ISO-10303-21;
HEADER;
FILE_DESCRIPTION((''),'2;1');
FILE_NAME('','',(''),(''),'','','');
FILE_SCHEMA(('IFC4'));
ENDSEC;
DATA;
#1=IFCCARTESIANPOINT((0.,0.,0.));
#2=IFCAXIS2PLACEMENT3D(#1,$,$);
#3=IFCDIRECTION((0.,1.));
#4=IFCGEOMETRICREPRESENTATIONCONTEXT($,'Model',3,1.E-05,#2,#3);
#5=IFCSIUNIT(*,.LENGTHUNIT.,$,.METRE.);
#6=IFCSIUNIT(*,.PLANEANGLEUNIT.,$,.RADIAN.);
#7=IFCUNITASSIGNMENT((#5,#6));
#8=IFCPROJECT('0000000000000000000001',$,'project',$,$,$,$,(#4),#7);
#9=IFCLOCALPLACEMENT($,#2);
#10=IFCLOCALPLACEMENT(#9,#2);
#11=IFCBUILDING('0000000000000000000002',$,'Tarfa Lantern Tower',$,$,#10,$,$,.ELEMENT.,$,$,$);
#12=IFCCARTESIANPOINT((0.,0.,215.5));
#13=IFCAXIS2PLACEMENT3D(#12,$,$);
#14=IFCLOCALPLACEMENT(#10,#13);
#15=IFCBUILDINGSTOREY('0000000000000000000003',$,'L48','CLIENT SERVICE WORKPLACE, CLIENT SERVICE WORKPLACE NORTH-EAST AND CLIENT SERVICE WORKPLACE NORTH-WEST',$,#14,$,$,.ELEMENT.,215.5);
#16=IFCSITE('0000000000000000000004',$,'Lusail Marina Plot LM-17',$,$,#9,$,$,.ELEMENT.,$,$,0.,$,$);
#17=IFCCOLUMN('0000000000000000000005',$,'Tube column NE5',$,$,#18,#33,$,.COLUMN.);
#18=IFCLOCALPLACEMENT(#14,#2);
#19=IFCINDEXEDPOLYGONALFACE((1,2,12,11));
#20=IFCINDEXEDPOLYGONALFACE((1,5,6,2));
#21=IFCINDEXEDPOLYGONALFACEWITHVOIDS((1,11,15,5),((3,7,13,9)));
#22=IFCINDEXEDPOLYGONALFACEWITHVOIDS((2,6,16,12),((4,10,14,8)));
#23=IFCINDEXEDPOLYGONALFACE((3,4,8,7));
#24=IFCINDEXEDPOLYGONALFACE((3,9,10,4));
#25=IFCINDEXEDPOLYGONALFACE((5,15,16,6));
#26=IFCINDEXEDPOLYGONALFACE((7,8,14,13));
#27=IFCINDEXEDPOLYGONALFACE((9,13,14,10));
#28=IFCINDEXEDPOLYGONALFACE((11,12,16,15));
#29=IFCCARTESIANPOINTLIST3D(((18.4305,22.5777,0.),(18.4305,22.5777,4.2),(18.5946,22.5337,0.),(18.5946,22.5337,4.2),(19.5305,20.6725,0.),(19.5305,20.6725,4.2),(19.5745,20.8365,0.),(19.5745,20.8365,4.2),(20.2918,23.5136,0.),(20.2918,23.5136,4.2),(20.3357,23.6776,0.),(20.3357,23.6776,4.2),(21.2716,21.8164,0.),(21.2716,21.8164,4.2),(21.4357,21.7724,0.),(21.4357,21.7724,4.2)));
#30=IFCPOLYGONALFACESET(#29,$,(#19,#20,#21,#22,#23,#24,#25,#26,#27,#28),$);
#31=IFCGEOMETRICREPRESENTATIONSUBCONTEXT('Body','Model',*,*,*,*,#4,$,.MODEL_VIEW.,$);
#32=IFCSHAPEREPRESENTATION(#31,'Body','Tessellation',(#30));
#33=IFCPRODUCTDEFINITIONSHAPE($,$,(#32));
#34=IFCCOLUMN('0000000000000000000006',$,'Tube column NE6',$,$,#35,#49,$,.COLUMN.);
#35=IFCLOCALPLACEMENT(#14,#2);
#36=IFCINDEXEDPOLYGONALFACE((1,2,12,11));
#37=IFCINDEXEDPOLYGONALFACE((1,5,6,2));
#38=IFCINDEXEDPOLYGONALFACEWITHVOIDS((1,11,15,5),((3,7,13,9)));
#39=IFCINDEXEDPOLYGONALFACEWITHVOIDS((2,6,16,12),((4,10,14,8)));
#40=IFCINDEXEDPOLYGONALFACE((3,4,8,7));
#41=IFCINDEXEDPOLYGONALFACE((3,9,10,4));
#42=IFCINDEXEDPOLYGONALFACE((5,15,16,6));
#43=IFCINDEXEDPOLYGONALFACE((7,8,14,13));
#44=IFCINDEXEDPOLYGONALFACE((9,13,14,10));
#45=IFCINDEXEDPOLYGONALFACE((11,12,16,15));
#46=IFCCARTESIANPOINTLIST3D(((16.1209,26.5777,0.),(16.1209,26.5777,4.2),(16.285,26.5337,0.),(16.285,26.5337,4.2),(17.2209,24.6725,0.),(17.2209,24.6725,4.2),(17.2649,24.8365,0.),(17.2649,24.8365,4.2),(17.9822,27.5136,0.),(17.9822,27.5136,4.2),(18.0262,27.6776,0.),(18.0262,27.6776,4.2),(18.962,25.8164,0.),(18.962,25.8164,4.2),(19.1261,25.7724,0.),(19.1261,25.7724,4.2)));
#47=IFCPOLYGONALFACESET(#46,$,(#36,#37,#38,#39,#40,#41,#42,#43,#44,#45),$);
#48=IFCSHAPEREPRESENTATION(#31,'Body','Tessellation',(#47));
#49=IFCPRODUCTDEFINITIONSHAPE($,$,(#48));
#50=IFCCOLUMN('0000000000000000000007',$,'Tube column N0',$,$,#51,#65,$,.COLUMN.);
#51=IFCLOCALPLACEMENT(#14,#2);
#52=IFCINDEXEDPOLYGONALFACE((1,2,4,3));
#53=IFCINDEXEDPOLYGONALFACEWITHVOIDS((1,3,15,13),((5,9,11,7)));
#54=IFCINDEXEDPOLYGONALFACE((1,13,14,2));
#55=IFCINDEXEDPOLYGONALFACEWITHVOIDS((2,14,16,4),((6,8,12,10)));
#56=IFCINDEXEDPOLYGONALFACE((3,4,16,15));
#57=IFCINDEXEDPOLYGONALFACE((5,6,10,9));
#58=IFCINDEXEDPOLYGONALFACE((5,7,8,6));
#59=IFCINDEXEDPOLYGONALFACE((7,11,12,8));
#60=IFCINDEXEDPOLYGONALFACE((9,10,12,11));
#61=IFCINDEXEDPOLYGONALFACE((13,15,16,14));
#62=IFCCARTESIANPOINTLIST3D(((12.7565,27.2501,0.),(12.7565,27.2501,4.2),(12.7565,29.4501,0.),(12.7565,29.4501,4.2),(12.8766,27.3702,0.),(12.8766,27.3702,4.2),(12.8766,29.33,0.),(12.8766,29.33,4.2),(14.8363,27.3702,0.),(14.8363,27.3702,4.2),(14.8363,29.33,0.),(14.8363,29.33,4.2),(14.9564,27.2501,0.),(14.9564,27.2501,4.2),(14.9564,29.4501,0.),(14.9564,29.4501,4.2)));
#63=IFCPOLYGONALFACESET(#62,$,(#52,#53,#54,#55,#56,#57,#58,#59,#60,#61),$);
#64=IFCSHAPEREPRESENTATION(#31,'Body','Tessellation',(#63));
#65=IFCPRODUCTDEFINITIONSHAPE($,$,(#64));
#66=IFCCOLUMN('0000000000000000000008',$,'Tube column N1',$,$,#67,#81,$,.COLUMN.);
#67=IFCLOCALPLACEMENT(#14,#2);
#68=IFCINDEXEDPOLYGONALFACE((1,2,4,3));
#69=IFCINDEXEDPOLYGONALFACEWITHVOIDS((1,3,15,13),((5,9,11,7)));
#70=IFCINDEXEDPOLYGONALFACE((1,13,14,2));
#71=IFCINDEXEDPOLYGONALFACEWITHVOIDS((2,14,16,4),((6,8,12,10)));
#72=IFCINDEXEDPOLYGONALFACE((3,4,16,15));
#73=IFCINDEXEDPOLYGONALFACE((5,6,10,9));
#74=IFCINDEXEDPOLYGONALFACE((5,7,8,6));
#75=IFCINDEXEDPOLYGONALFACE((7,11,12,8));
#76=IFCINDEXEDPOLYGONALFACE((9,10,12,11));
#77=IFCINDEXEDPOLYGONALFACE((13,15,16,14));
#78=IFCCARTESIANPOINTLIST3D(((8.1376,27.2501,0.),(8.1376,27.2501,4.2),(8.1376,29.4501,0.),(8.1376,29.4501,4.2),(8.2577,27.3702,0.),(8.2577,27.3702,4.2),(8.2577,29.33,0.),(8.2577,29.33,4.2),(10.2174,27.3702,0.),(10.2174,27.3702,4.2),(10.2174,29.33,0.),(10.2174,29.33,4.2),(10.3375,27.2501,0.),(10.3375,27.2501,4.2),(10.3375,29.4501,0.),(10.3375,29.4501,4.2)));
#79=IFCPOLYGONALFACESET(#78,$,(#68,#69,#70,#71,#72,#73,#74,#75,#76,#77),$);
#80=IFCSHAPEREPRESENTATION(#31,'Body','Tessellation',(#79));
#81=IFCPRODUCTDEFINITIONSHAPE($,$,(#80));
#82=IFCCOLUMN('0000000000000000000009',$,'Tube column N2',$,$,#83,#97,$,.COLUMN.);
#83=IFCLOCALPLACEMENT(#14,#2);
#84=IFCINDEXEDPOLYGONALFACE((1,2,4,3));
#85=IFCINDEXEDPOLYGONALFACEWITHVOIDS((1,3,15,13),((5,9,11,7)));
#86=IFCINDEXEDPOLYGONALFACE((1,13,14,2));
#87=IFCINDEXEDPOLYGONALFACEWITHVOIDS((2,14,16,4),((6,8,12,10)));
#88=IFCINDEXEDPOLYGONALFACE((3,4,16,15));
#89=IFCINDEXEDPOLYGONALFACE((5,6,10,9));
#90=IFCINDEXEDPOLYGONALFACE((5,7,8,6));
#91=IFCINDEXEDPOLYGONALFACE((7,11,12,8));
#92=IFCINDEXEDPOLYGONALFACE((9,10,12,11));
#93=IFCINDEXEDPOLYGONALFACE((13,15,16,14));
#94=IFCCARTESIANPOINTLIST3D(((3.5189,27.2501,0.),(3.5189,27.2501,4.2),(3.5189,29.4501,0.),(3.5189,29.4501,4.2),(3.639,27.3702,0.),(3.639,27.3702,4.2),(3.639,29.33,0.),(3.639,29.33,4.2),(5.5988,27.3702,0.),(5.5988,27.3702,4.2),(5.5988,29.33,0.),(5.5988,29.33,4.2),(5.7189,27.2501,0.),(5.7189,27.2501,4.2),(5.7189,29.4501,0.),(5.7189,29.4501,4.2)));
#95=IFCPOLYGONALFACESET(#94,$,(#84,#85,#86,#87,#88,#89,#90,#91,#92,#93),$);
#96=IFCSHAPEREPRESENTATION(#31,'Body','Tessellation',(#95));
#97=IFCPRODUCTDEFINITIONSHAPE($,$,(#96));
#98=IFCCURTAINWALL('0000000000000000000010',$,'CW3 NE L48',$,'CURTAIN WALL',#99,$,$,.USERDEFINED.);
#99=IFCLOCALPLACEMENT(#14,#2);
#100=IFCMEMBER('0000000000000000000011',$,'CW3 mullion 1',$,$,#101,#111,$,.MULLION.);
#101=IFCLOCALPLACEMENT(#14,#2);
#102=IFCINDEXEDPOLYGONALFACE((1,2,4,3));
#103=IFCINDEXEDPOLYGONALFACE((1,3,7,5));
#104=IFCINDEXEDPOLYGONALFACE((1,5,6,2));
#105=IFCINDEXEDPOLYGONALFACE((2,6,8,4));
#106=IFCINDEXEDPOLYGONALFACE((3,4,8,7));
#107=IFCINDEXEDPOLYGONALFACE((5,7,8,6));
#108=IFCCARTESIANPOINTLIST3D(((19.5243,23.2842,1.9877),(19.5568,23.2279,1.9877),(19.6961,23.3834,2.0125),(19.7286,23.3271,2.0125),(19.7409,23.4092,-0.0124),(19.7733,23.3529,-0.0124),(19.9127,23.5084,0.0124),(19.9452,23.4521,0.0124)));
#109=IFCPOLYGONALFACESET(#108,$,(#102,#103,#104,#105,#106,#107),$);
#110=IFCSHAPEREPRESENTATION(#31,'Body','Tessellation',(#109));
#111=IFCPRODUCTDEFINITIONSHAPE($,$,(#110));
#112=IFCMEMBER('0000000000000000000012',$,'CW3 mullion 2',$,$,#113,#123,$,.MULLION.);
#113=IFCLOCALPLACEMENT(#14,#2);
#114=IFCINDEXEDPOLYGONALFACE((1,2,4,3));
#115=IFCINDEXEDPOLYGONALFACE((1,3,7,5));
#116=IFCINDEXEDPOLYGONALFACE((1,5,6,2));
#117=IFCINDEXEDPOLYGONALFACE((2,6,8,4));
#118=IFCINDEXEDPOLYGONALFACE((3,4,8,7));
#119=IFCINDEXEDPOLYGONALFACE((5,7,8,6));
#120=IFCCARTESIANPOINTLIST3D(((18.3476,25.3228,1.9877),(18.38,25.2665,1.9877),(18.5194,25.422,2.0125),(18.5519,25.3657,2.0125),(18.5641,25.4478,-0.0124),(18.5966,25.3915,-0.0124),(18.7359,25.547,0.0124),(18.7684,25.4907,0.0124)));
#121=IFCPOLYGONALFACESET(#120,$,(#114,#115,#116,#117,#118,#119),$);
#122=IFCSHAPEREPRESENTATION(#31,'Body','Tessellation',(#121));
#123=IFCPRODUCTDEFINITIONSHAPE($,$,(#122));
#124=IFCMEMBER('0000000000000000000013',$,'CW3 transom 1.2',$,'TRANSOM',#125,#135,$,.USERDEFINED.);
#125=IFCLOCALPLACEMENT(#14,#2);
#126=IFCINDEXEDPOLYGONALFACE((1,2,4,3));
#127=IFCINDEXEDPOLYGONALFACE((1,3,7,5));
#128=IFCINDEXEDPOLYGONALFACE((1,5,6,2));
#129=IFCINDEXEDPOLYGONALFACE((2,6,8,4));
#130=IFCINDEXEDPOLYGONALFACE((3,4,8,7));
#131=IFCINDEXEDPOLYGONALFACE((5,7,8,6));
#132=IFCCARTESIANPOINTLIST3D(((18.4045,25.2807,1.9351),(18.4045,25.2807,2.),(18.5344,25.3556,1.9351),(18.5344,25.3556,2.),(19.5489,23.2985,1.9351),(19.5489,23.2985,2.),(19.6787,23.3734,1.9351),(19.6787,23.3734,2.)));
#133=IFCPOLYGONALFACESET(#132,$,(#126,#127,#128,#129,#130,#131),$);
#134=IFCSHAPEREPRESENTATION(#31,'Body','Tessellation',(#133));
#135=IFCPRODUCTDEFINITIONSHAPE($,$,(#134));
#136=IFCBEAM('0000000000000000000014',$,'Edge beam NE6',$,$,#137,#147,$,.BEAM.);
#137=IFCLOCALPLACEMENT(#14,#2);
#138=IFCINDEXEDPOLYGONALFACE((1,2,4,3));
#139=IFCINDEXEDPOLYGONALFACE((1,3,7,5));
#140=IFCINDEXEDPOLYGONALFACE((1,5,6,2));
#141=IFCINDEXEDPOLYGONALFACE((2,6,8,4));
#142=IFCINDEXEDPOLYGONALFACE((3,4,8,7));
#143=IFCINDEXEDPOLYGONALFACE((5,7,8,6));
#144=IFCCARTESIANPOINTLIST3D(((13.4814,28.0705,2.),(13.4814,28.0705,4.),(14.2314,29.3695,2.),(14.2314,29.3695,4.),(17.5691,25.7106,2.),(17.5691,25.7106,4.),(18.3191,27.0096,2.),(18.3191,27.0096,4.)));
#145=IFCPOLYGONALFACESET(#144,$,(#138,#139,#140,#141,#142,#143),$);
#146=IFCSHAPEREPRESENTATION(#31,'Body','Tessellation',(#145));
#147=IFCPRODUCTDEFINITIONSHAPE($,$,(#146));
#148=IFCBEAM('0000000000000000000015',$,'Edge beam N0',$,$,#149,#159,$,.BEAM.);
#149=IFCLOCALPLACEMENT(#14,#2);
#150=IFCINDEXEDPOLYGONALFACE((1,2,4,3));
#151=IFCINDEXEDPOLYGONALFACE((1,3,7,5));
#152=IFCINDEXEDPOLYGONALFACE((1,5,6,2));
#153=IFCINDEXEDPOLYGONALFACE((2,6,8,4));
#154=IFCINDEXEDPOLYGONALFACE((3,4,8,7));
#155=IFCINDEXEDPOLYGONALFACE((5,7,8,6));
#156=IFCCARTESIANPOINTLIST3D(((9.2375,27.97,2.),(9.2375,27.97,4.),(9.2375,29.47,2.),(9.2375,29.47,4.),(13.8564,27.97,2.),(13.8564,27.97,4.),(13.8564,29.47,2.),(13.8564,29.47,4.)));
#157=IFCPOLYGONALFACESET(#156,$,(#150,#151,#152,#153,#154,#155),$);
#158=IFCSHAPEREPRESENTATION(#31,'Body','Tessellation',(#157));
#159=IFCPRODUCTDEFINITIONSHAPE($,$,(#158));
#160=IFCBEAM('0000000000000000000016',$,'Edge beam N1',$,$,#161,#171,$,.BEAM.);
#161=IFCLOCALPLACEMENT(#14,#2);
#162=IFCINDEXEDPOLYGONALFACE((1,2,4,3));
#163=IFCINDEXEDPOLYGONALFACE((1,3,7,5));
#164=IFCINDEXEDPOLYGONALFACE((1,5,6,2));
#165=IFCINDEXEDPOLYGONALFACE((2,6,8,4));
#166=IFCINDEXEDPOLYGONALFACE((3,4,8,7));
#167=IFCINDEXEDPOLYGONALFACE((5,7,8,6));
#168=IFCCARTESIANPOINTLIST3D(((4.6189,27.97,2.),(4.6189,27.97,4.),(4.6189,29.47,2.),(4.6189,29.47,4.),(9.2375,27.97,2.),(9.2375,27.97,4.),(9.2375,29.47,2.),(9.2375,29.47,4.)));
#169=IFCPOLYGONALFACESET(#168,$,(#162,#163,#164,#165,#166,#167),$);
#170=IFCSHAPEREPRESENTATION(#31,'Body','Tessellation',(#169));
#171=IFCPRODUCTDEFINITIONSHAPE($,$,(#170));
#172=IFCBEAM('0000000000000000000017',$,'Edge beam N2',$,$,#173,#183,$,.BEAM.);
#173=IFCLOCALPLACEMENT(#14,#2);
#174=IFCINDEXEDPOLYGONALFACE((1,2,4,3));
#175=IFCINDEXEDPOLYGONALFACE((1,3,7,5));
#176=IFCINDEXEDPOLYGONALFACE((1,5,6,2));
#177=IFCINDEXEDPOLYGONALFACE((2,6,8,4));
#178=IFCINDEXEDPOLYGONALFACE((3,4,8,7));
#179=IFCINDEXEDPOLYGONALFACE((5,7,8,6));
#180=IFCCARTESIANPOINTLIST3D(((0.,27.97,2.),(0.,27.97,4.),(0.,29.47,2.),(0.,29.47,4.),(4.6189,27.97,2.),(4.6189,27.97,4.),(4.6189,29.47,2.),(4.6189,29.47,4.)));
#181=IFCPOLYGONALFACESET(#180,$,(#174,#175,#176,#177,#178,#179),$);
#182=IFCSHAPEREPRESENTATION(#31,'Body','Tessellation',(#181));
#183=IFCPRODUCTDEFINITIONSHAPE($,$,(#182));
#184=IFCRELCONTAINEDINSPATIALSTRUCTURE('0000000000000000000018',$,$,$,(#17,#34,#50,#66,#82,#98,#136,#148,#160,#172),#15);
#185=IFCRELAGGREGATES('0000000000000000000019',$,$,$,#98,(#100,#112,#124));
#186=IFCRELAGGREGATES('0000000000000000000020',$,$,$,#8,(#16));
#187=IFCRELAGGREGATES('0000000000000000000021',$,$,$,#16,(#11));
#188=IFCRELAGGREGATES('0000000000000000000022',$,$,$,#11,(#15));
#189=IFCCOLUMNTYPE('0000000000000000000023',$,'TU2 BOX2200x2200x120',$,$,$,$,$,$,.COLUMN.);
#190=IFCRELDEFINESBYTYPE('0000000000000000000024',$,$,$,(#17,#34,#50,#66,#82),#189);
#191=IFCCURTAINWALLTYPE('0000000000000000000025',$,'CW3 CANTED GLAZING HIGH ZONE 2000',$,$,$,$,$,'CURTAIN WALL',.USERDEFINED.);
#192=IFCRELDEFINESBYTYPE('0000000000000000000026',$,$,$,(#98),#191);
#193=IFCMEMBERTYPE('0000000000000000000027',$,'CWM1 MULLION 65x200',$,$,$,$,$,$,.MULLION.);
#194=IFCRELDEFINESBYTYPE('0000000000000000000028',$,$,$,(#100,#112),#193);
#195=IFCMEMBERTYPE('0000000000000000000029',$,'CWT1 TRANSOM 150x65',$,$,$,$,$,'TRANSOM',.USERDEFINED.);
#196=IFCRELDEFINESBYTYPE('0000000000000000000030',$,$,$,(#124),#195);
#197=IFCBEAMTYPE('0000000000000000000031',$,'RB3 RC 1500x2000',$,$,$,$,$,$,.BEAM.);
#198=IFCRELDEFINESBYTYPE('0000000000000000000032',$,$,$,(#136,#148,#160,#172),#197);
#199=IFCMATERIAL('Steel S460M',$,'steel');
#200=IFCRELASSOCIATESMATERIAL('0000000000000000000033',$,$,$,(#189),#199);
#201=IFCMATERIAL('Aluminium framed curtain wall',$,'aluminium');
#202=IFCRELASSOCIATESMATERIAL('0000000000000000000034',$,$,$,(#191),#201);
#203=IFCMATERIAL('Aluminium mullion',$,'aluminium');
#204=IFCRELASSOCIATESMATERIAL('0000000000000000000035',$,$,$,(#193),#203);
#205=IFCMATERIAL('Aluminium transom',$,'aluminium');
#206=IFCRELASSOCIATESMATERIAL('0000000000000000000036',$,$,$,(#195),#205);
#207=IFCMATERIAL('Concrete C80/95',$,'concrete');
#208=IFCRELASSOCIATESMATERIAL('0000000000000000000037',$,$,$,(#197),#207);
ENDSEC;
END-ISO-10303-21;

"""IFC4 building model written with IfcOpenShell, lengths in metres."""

from ifc_helpers import new_model, si_unit, direction, frame, origin, origin_2d, place, context, subcontext, project, spatial, rectangle, hollow_rectangle, extrude, material, material_profile, profile_set, type_object, element, aggregate, save


model = new_model("IFC4")

# Units and contexts
model_context = context("Model", 3, precision=1e-05, world=origin(), true_north=direction((0.0, 1.0)))
body_context = subcontext(model_context, "Body", "Model", "MODEL_VIEW")
ifc_project = project(units=[si_unit("LENGTHUNIT", "METRE"), si_unit("PLANEANGLEUNIT", "RADIAN")], contexts=[model_context])

# Site, building, storey
site_placement = place(None, origin())
site = spatial("IfcSite", under=ifc_project, at=site_placement, Name="Lusail Marina Plot LM-17", CompositionType="ELEMENT", RefElevation=0.0)
building_placement = place(site_placement, origin())
building = spatial("IfcBuilding", under=site, at=building_placement, Name="Tarfa Lantern Tower", CompositionType="ELEMENT")
storey_placement = place(building_placement, frame((0.0, 0.0, 215.5)))
storey = spatial("IfcBuildingStorey", under=building, at=storey_placement, Name="L48", Description="CLIENT SERVICE WORKPLACE, CLIENT SERVICE WORKPLACE NORTH-EAST AND CLIENT SERVICE WORKPLACE NORTH-WEST", CompositionType="ELEMENT", Elevation=215.5)

# Columns
ifc_material_1 = material(Name="Steel S460M", Category="steel")
ifc_material_profile_1 = material_profile(ifc_material_1, hollow_rectangle(XDim=2.2, YDim=2.2, WallThickness=0.1201, at=origin_2d()), Name="BOX2200x2200x120")
ifc_profile_set_1 = profile_set([ifc_material_profile_1], Name="Steel S460M")
column_type = type_object("IfcColumnType", Name="TU2 BOX2200x2200x120", PredefinedType="COLUMN", material=ifc_profile_set_1)
for number, where, z_axis, x_axis, name in (
    (1, (19.9331, 22.175, 0.0), (0.0, 0.0, 1.0), (-0.5, 0.866025, 0.0), "Tube column NE5"),
    (2, (17.6235, 26.175, 0.0), (0.0, 0.0, 1.0), (-0.5, 0.866025, 0.0), "Tube column NE6"),
    (3, (13.8564, 28.3501, 0.0), (0.0, 0.0, 1.0), (-1.0, 0.0, 0.0), "Tube column N0"),
    (4, (9.2375, 28.3501, 0.0), (0.0, 0.0, 1.0), (-1.0, 0.0, 0.0), "Tube column N1"),
    (5, (4.6189, 28.3501, 0.0), (0.0, 0.0, 1.0), (-1.0, 0.0, 0.0), "Tube column N2"),
):
    element("IfcColumn", number, at=place(storey_placement, frame(where, z_axis=z_axis, x_axis=x_axis)), inside=storey, type_object=column_type, Name=name, PredefinedType="COLUMN", context=body_context, shape_type="SweptSolid", body=[
        extrude(hollow_rectangle(XDim=2.2, YDim=2.2, WallThickness=0.1201, at=origin_2d()), origin(), (0.0, 0.0, 1.0), 4.2),
    ])

# Curtain wall, members
ifc_material_2 = material(Name="Aluminium framed curtain wall", Category="aluminium")
curtain_wall_type = type_object("IfcCurtainWallType", Name="CW3 CANTED GLAZING HIGH ZONE 2000", ElementType="CURTAIN WALL", PredefinedType="USERDEFINED", material=ifc_material_2)
curtain_wall_placement = place(storey_placement, origin())
curtain_wall = element("IfcCurtainWall", 6, at=curtain_wall_placement, inside=storey, type_object=curtain_wall_type, Name="CW3 NE L48", ObjectType="CURTAIN WALL", PredefinedType="USERDEFINED")
ifc_material_3 = material(Name="Aluminium mullion", Category="aluminium")
ifc_material_profile_2 = material_profile(ifc_material_3, rectangle(XDim=0.0649, YDim=0.2, at=origin_2d()), Name="AL MULLION 65x200")
ifc_profile_set_2 = profile_set([ifc_material_profile_2], Name="Aluminium mullion")
member_type_1 = type_object("IfcMemberType", Name="CWM1 MULLION 65x200", PredefinedType="MULLION", material=ifc_profile_set_2)
member_1_placement = place(storey_placement, frame((19.843, 23.4307, 0.0), z_axis=(-0.10744, -0.062017, 0.992275), x_axis=(0.49992, -0.866072, 0.0)))
member_1 = element("IfcMember", 7, at=member_1_placement, type_object=member_type_1, Name="CW3 mullion 1", PredefinedType="MULLION", context=body_context, shape_type="SweptSolid", body=[
    extrude(rectangle(XDim=0.0649, YDim=0.2, at=origin_2d()), origin(), (0.0, 0.0, 1.0), 2.0156),
])
member_2_placement = place(storey_placement, frame((18.6663, 25.4692, 0.0), z_axis=(-0.10744, -0.062017, 0.992275), x_axis=(0.49992, -0.866072, 0.0)))
member_2 = element("IfcMember", 8, at=member_2_placement, type_object=member_type_1, Name="CW3 mullion 2", PredefinedType="MULLION", context=body_context, shape_type="SweptSolid", body=[
    extrude(rectangle(XDim=0.0649, YDim=0.2, at=origin_2d()), origin(), (0.0, 0.0, 1.0), 2.0156),
])
ifc_material_4 = material(Name="Aluminium transom", Category="aluminium")
ifc_material_profile_3 = material_profile(ifc_material_4, rectangle(XDim=0.1499, YDim=0.0649, at=origin_2d()), Name="AL TRANSOM 150x65")
ifc_profile_set_3 = profile_set([ifc_material_profile_3], Name="Aluminium transom")
member_type_2 = type_object("IfcMemberType", Name="CWT1 TRANSOM 150x65", ElementType="TRANSOM", PredefinedType="USERDEFINED", material=ifc_profile_set_3)
member_3_placement = place(storey_placement, frame((19.6138, 23.3359, 1.9675), z_axis=(-0.499959, 0.866049, 0.0), x_axis=(-0.866049, -0.499959, 0.0)))
member_3 = element("IfcMember", 9, at=member_3_placement, type_object=member_type_2, Name="CW3 transom 1.2", ObjectType="TRANSOM", PredefinedType="USERDEFINED", context=body_context, shape_type="SweptSolid", body=[
    extrude(rectangle(XDim=0.1499, YDim=0.0649, at=origin_2d()), origin(), (0.0, 0.0, 1.0), 2.2888),
])

# Beams
ifc_material_5 = material(Name="Concrete C80/95", Category="concrete")
ifc_material_profile_4 = material_profile(ifc_material_5, rectangle(XDim=1.5, YDim=2.0, at=origin_2d()), Name="RC 1500x2000")
ifc_profile_set_4 = profile_set([ifc_material_profile_4], Name="Concrete C80/95")
beam_type_1 = type_object("IfcBeamType", Name="RB3 RC 1500x2000", PredefinedType="BEAM", material=ifc_profile_set_4)
beam_1_placement = place(storey_placement, frame((17.9441, 26.3601, 3.0), z_axis=(-0.866038, 0.499978, 0.0), x_axis=(-0.499978, -0.866038, 0.0)))
element("IfcBeam", 10, at=beam_1_placement, inside=storey, type_object=beam_type_1, Name="Edge beam NE6", PredefinedType="BEAM", context=body_context, shape_type="SweptSolid", body=[
    extrude(rectangle(XDim=1.5, YDim=2.0, at=origin_2d()), origin(), (0.0, 0.0, 1.0), 4.72),
])
beam_2_placement = place(storey_placement, frame((13.8564, 28.72, 3.0), z_axis=(-1.0, 0.0, 0.0), x_axis=(0.0, -1.0, 0.0)))
element("IfcBeam", 11, at=beam_2_placement, inside=storey, type_object=beam_type_1, Name="Edge beam N0", PredefinedType="BEAM", context=body_context, shape_type="SweptSolid", body=[
    extrude(rectangle(XDim=1.5, YDim=2.0, at=origin_2d()), origin(), (0.0, 0.0, 1.0), 4.6189),
])
beam_3_placement = place(storey_placement, frame((9.2375, 28.72, 3.0), z_axis=(-1.0, 0.0, 0.0), x_axis=(0.0, -1.0, 0.0)))
element("IfcBeam", 12, at=beam_3_placement, inside=storey, type_object=beam_type_1, Name="Edge beam N1", PredefinedType="BEAM", context=body_context, shape_type="SweptSolid", body=[
    extrude(rectangle(XDim=1.5, YDim=2.0, at=origin_2d()), origin(), (0.0, 0.0, 1.0), 4.6187),
])
beam_4_placement = place(storey_placement, frame((4.6189, 28.72, 3.0), z_axis=(-1.0, 0.0, 0.0), x_axis=(0.0, -1.0, 0.0)))
element("IfcBeam", 13, at=beam_4_placement, inside=storey, type_object=beam_type_1, Name="Edge beam N2", PredefinedType="BEAM", context=body_context, shape_type="SweptSolid", body=[
    extrude(rectangle(XDim=1.5, YDim=2.0, at=origin_2d()), origin(), (0.0, 0.0, 1.0), 4.6189),
])

aggregate(curtain_wall, [member_1, member_2, member_3])

save(model, "model.ifc")
